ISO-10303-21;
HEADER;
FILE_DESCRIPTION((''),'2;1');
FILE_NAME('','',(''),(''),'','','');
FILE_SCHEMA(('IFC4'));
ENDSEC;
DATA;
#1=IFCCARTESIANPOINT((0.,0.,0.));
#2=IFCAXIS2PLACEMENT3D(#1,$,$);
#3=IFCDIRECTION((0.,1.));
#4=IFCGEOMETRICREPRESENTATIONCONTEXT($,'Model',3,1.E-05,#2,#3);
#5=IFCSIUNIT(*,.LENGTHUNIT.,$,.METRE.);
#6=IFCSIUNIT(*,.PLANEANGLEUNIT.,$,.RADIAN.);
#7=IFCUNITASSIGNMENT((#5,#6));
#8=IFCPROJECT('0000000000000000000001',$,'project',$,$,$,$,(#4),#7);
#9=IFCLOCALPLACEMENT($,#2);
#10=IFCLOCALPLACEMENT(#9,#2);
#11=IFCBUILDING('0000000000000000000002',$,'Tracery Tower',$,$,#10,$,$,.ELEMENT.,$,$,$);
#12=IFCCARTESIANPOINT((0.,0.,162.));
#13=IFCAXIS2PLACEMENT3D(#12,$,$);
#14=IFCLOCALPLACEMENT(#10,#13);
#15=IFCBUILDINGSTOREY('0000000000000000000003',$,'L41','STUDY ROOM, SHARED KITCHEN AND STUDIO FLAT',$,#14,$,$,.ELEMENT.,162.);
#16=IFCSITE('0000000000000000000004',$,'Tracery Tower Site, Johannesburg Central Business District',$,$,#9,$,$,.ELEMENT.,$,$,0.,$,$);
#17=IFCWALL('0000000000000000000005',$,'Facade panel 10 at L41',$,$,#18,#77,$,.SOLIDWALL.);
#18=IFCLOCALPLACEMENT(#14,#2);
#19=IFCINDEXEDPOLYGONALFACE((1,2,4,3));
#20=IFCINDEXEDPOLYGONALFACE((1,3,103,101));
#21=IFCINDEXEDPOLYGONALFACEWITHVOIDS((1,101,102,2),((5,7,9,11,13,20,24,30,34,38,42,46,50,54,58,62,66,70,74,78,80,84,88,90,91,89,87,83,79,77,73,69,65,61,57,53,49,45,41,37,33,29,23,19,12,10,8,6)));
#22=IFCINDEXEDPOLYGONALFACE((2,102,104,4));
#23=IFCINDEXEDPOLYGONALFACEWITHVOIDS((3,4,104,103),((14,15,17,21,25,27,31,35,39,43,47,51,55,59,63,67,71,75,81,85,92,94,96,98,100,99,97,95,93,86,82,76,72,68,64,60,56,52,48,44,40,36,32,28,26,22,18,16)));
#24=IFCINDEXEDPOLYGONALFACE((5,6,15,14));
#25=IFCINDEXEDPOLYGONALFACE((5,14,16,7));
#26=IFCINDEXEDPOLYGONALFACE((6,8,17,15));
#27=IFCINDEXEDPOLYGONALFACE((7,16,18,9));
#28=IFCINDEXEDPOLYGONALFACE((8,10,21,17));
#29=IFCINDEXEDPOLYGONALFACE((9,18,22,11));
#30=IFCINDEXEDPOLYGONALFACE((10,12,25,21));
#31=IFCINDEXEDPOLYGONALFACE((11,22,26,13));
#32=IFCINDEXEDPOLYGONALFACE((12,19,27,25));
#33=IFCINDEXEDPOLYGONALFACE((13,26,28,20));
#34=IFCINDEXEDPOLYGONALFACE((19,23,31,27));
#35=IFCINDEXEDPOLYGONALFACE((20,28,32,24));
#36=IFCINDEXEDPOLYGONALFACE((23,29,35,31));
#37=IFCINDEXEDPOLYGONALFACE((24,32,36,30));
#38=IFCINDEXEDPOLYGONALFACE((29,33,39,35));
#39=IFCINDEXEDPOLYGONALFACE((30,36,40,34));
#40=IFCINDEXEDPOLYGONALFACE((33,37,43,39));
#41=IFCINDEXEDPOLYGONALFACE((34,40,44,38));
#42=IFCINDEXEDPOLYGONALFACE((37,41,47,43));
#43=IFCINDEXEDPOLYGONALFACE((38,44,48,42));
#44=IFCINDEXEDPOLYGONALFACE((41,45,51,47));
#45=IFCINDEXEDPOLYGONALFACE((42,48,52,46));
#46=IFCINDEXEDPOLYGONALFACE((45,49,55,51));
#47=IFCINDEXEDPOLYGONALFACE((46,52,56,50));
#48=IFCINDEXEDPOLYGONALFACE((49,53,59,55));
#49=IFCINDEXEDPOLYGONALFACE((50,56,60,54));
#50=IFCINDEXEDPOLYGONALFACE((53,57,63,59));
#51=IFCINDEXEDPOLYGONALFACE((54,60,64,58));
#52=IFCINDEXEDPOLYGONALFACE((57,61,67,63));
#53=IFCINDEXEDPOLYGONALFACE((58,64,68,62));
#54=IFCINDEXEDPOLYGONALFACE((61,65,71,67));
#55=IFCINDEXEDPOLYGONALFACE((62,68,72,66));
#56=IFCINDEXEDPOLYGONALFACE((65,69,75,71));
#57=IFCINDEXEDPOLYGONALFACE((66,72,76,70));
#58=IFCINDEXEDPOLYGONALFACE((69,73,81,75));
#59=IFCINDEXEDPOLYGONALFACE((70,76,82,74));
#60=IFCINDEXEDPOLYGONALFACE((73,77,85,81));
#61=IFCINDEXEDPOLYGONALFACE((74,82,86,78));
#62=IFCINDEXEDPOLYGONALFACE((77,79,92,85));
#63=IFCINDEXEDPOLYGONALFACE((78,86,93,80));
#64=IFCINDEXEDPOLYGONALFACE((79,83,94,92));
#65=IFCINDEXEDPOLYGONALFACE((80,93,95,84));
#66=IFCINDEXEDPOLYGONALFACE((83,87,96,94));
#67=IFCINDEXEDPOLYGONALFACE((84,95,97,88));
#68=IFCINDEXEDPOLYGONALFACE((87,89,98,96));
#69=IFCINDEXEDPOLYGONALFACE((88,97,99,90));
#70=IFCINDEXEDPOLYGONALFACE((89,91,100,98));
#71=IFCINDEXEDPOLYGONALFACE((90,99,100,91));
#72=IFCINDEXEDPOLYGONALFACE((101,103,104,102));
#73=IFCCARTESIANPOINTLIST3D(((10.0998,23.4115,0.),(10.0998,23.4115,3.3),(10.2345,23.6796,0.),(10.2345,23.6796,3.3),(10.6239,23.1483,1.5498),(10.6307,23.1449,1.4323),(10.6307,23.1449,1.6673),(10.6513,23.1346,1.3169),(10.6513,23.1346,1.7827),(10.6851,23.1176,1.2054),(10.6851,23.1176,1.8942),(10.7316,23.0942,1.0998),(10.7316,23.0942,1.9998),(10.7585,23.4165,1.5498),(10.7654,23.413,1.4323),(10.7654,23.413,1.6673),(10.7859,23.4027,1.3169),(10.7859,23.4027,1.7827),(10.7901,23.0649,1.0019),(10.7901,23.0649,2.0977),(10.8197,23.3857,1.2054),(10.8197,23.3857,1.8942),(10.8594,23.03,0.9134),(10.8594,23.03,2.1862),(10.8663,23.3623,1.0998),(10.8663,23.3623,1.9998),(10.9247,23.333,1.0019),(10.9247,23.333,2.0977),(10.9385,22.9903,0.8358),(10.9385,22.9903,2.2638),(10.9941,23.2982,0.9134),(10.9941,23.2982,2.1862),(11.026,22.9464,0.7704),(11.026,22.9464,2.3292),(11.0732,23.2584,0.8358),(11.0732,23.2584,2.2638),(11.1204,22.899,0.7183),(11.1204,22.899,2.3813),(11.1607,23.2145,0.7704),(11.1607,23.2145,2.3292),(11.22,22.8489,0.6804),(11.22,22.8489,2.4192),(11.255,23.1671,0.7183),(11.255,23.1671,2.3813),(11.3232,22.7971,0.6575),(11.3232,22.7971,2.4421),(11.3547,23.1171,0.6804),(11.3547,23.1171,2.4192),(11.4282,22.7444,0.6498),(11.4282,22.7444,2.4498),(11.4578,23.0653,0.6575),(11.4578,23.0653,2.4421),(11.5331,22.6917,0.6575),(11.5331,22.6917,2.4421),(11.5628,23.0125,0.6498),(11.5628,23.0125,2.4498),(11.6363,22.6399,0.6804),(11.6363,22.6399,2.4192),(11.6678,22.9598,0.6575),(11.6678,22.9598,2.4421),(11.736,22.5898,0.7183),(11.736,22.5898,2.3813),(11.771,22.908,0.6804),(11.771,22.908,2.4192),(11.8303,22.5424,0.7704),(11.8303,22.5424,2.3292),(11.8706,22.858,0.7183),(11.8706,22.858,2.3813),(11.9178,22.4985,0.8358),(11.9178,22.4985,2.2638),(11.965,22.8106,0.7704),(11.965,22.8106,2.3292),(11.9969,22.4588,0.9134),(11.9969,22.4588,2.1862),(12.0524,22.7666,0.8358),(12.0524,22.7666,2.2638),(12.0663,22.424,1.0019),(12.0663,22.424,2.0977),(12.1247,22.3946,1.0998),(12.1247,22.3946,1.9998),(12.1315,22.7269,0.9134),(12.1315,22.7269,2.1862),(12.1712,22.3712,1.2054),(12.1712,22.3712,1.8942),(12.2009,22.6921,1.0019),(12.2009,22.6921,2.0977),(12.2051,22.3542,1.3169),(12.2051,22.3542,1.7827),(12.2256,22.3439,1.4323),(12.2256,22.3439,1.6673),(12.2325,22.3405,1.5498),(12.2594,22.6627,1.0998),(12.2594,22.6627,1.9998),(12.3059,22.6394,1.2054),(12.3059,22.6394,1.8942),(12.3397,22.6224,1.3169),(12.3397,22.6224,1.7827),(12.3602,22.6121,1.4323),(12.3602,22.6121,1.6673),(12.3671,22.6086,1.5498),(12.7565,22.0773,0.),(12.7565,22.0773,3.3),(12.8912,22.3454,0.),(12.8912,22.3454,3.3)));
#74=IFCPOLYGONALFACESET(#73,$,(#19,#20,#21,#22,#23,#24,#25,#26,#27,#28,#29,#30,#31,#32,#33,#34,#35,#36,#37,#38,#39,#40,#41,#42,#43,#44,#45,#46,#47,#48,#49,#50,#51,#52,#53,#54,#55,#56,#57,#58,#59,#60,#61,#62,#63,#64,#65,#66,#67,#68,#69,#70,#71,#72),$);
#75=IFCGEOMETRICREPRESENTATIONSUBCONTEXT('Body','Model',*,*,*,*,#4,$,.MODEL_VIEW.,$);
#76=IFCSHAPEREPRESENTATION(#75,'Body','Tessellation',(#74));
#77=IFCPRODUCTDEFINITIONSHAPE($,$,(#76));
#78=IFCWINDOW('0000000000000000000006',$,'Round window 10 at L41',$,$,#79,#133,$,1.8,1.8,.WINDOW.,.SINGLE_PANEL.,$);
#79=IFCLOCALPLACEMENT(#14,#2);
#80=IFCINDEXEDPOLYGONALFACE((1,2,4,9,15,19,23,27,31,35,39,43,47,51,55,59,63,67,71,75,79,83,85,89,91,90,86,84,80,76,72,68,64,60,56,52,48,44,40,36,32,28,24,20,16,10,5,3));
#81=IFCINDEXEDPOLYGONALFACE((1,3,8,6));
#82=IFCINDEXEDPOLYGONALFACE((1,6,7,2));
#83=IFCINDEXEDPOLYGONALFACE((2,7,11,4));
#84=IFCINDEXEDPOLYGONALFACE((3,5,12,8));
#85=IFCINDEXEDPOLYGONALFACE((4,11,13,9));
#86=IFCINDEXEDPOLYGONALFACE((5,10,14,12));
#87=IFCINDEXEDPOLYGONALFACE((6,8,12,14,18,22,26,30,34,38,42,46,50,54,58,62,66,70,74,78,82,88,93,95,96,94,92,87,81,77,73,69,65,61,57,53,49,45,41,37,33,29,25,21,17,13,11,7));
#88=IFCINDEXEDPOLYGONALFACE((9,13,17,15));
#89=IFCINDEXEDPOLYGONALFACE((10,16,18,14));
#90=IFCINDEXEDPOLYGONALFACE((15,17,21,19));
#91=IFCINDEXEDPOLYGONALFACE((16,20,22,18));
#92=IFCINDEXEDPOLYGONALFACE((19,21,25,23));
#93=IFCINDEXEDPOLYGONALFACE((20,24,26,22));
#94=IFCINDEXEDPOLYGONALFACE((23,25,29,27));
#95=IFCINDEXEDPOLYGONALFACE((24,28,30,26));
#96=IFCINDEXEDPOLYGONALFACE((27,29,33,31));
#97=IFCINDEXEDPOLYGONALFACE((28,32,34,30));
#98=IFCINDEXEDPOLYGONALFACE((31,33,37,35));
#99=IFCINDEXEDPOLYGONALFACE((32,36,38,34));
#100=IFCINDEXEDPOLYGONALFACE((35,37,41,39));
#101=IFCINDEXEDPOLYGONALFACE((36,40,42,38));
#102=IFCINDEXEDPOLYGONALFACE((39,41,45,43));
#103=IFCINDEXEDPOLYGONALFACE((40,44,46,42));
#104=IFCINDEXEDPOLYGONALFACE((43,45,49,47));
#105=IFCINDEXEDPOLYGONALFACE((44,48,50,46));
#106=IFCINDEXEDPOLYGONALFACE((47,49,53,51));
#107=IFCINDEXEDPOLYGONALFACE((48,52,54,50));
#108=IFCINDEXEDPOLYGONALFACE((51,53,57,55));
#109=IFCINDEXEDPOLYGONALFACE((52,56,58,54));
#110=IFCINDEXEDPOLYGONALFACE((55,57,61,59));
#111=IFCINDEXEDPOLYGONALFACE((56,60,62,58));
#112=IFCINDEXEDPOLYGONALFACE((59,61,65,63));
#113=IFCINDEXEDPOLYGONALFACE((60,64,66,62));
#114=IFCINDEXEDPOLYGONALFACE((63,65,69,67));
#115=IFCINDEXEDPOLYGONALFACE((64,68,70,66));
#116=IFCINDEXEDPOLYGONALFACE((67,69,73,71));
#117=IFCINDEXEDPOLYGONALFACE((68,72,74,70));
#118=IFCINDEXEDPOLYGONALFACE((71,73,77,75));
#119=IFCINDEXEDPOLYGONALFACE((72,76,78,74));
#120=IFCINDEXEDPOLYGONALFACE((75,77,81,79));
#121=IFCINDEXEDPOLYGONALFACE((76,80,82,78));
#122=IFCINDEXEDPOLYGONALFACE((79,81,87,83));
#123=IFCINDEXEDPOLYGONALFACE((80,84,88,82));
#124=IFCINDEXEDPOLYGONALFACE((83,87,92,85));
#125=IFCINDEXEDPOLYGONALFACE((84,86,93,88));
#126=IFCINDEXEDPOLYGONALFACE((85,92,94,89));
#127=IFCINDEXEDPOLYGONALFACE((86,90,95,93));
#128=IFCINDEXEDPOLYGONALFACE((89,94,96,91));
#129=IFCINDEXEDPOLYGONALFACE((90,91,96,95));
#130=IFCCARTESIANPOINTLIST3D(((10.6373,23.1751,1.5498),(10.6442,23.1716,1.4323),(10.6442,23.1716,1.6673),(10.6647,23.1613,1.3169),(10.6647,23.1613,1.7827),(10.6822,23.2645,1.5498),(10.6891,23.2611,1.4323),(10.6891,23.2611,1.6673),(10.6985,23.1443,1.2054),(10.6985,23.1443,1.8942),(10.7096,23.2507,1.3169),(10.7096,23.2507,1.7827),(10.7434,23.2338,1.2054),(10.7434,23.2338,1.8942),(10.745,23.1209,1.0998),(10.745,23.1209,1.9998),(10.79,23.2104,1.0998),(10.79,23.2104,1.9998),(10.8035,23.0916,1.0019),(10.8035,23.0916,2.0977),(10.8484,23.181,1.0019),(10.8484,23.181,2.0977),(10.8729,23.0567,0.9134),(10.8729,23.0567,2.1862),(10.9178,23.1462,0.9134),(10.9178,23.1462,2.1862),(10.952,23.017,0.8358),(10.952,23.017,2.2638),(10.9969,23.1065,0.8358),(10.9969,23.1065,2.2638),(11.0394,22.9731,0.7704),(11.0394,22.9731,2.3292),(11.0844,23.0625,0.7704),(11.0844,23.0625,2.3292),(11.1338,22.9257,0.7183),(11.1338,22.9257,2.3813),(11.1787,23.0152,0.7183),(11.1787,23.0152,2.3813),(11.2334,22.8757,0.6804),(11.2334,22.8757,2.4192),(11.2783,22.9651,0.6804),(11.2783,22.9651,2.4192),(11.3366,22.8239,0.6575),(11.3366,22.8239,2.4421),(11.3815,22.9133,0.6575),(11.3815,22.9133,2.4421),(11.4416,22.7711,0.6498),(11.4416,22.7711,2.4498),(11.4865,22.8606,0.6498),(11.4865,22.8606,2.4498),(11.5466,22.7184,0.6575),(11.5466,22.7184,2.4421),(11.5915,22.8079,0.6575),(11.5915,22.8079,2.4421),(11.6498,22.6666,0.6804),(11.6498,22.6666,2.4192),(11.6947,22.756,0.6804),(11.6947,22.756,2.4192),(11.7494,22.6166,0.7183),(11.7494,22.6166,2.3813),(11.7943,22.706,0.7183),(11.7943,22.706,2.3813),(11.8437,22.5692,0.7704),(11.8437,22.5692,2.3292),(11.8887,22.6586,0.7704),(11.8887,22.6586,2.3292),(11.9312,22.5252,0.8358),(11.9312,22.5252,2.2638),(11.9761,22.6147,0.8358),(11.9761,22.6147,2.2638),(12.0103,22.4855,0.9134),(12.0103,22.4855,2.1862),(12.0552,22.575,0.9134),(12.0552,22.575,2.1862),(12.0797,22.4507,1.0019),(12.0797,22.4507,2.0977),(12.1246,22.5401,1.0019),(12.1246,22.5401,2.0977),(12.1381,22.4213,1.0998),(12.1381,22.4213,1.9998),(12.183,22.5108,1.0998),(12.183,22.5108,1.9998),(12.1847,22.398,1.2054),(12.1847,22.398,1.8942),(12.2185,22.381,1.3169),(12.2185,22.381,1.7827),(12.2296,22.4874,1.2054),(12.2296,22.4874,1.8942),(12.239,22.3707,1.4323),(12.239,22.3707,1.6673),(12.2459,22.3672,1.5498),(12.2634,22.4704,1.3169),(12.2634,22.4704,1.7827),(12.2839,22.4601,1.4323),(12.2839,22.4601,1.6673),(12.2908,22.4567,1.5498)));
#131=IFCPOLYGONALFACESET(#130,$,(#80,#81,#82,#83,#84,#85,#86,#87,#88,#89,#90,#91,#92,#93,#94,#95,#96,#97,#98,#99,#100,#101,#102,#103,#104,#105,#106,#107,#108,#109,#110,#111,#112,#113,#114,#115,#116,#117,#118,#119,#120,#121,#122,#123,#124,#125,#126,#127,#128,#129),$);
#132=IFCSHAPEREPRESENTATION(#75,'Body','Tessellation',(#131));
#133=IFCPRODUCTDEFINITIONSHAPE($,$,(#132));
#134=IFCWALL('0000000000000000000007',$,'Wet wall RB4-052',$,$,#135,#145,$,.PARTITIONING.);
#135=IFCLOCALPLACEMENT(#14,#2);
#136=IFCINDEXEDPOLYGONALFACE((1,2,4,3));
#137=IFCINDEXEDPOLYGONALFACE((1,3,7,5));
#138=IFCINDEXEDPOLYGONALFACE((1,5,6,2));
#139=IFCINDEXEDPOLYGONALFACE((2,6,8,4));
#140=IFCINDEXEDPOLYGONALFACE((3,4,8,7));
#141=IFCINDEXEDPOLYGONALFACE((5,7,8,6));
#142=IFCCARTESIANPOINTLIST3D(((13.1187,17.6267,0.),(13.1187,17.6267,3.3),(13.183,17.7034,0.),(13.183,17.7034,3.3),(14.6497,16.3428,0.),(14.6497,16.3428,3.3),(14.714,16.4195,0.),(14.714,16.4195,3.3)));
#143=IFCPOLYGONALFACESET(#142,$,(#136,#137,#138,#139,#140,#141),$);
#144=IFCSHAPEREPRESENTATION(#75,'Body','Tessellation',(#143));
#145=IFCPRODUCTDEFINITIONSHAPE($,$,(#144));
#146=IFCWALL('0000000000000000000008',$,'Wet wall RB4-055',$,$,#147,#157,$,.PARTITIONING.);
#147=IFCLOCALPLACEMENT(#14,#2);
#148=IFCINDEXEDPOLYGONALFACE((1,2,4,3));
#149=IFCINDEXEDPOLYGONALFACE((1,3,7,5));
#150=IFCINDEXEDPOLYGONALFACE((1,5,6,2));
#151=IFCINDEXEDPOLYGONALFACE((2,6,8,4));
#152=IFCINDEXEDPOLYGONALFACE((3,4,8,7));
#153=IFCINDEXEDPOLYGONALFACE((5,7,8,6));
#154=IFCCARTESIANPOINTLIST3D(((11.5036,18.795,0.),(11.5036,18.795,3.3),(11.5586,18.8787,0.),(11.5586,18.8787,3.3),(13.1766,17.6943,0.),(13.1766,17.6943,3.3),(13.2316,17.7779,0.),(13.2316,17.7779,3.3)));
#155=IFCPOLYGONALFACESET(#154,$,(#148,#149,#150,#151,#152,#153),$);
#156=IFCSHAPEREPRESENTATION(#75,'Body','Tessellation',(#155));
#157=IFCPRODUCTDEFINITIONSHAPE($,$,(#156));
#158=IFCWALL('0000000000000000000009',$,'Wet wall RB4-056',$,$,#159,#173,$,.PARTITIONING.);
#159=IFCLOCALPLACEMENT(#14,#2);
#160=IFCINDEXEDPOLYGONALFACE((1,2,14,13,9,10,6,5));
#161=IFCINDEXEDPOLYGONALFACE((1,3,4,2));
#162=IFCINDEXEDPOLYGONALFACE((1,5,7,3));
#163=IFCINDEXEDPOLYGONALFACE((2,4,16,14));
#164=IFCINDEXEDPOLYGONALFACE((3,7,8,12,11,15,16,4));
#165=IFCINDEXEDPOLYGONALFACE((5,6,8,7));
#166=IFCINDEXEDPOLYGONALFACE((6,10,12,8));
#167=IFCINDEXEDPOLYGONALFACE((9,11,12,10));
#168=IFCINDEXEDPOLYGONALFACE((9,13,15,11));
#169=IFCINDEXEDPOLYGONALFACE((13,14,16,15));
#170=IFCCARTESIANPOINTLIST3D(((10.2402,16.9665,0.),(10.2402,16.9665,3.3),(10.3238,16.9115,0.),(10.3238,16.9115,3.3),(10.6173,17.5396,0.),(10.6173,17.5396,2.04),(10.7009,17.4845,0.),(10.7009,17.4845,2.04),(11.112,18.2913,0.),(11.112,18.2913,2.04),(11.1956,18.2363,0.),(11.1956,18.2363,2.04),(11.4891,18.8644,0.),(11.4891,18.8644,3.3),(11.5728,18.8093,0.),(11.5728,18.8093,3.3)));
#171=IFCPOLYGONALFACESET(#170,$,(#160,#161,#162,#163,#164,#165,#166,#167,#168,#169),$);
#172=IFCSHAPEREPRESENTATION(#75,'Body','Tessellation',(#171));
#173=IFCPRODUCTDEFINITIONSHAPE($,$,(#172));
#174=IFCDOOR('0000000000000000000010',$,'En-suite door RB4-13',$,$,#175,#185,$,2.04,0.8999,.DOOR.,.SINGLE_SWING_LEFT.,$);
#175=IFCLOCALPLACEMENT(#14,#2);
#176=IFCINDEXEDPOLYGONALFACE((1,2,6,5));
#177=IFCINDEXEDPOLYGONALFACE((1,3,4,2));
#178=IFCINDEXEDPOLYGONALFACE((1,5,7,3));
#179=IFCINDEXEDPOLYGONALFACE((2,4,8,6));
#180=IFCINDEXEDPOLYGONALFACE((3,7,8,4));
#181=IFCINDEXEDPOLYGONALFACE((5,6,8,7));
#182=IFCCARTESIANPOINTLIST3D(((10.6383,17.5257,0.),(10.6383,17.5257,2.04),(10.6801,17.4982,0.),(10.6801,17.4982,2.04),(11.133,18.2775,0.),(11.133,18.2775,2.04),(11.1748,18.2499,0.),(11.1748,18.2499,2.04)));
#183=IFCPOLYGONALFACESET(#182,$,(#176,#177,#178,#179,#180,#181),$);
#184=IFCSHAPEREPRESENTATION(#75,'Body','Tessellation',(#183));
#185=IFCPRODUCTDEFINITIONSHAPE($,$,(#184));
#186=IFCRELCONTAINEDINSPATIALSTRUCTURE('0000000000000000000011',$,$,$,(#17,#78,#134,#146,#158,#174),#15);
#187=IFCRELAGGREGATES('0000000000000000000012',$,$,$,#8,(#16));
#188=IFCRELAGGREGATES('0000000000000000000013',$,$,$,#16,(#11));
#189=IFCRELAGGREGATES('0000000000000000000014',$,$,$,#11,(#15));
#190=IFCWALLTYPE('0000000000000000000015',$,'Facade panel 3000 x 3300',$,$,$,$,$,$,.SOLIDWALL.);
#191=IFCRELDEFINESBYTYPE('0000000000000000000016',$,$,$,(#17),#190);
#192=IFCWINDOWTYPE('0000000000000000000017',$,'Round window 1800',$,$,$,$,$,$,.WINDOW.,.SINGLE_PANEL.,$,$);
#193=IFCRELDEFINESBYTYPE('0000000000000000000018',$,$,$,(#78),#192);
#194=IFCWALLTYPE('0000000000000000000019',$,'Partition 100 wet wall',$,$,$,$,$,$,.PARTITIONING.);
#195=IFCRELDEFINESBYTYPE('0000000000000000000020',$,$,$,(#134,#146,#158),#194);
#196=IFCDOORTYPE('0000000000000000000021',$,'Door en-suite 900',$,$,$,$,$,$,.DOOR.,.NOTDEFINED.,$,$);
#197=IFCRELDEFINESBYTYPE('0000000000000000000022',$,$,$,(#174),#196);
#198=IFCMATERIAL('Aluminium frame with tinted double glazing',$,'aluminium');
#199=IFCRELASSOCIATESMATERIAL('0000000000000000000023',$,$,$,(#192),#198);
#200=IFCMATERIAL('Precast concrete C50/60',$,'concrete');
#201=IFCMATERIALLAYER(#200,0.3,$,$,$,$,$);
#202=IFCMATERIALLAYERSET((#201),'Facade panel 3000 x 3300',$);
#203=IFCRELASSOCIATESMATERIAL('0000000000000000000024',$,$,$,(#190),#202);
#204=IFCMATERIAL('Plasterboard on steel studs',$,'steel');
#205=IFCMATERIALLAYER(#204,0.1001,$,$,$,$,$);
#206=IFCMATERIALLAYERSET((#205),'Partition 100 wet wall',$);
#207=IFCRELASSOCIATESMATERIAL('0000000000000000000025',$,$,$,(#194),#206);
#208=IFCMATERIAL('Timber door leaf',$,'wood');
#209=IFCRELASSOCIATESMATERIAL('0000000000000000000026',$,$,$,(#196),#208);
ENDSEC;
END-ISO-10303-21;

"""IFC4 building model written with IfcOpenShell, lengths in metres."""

from ifc_helpers import new_model, si_unit, direction, frame, frame_2d, origin, origin_2d, place, context, subcontext, project, spatial, rectangle, circle, extrude, material, layer, layer_set, type_object, element, fill, save


model = new_model("IFC4")

# Units and contexts
model_context = context("Model", 3, precision=1e-05, world=origin(), true_north=direction((0.0, 1.0)))
body_context = subcontext(model_context, "Body", "Model", "MODEL_VIEW")
ifc_project = project(units=[si_unit("LENGTHUNIT", "METRE"), si_unit("PLANEANGLEUNIT", "RADIAN")], contexts=[model_context])

# Site, building, storey
site_placement = place(None, origin())
site = spatial("IfcSite", under=ifc_project, at=site_placement, Name="Tracery Tower Site, Johannesburg Central Business District", CompositionType="ELEMENT", RefElevation=0.0)
building_placement = place(site_placement, origin())
building = spatial("IfcBuilding", under=site, at=building_placement, Name="Tracery Tower", CompositionType="ELEMENT")
storey_placement = place(building_placement, frame((0.0, 0.0, 162.0)))
storey = spatial("IfcBuildingStorey", under=building, at=storey_placement, Name="L41", Description="STUDY ROOM, SHARED KITCHEN AND STUDIO FLAT", CompositionType="ELEMENT", Elevation=162.0)

# Wall, opening, window
ifc_material_1 = material(Name="Aluminium frame with tinted double glazing", Category="aluminium")
window_type = type_object("IfcWindowType", Name="Round window 1800", PartitioningType="SINGLE_PANEL", PredefinedType="WINDOW", material=ifc_material_1)
ifc_material_2 = material(Name="Precast concrete C50/60", Category="concrete")
ifc_layer_1 = layer(ifc_material_2, 0.3)
ifc_layer_set_1 = layer_set([ifc_layer_1], Name="Facade panel 3000 x 3300")
wall_type_1 = type_object("IfcWallType", Name="Facade panel 3000 x 3300", PredefinedType="SOLIDWALL", material=ifc_layer_set_1)
wall_1_placement = place(storey_placement, frame((12.8237, 22.2114, 0.0), z_axis=(0.0, 0.0, 1.0), x_axis=(-0.893637, 0.44879, 0.0)))
wall_1 = element("IfcWall", 1, at=wall_1_placement, inside=storey, type_object=wall_type_1, Name="Facade panel 10 at L41", PredefinedType="SOLIDWALL", context=body_context, shape_type="SweptSolid", body=[
    extrude(rectangle(XDim=2.9729, YDim=0.3, at=frame_2d((1.4863, 0.0))), origin(), (0.0, 0.0, 1.0), 3.3),
])
opening_1_placement = place(wall_1_placement, frame((1.4863, 0.0, 1.5498)))
opening_1 = element("IfcOpeningElement", 2, at=opening_1_placement, cuts=wall_1, PredefinedType="OPENING", context=body_context, shape_type="SweptSolid", body=[
    extrude(circle(Radius=0.9, at=origin_2d()), frame((0.0, 0.1599, 0.0), z_axis=(0.0, -1.0, 0.0), x_axis=(1.0, 0.0, 0.0)), (0.0, 0.0, 1.0), 0.3201),
])
window_1_placement = place(opening_1_placement, origin())
window_1 = element("IfcWindow", 3, at=window_1_placement, inside=storey, type_object=window_type, Name="Round window 10 at L41", OverallHeight=1.8, OverallWidth=1.8, PartitioningType="SINGLE_PANEL", PredefinedType="WINDOW", context=body_context, shape_type="SweptSolid", body=[
    extrude(circle(Radius=0.9, at=origin_2d()), frame((0.0, 0.1201, 0.0), z_axis=(0.0, -1.0, 0.0), x_axis=(1.0, 0.0, 0.0)), (0.0, 0.0, 1.0), 0.1001),
])
fill(opening_1, window_1)

# Walls
ifc_material_3 = material(Name="Plasterboard on steel studs", Category="steel")
ifc_layer_2 = layer(ifc_material_3, 0.1001)
ifc_layer_set_2 = layer_set([ifc_layer_2], Name="Partition 100 wet wall")
wall_type_2 = type_object("IfcWallType", Name="Partition 100 wet wall", PredefinedType="PARTITIONING", material=ifc_layer_set_2)
wall_2_placement = place(storey_placement, frame((13.1509, 17.665, 0.0), z_axis=(0.0, 0.0, 1.0), x_axis=(0.766225, -0.642573, 0.0)))
element("IfcWall", 4, at=wall_2_placement, inside=storey, type_object=wall_type_2, Name="Wet wall RB4-052", PredefinedType="PARTITIONING", context=body_context, shape_type="SweptSolid", body=[
    extrude(rectangle(XDim=1.998, YDim=0.1001, at=frame_2d((0.999, 0.0))), origin(), (0.0, 0.0, 1.0), 3.3),
])
wall_3_placement = place(storey_placement, frame((11.531, 18.8369, 0.0), z_axis=(0.0, 0.0, 1.0), x_axis=(0.835392, -0.549655, 0.0)))
element("IfcWall", 5, at=wall_3_placement, inside=storey, type_object=wall_type_2, Name="Wet wall RB4-055", PredefinedType="PARTITIONING", context=body_context, shape_type="SweptSolid", body=[
    extrude(rectangle(XDim=2.0027, YDim=0.1001, at=frame_2d((1.0015, 0.0))), origin(), (0.0, 0.0, 1.0), 3.3),
])

# Wall, opening, door
wall_4_placement = place(storey_placement, frame((10.282, 16.939, 0.0), z_axis=(0.0, 0.0, 1.0), x_axis=(0.549731, 0.835342, 0.0)))
wall_4 = element("IfcWall", 6, at=wall_4_placement, inside=storey, type_object=wall_type_2, Name="Wet wall RB4-056", PredefinedType="PARTITIONING", context=body_context, shape_type="SweptSolid", body=[
    extrude(rectangle(XDim=2.272, YDim=0.1001, at=frame_2d((1.136, 0.0))), origin(), (0.0, 0.0, 1.0), 3.3),
])
opening_2_placement = place(wall_4_placement, frame((0.686, 0.0, 0.0)))
opening_2 = element("IfcOpeningElement", 7, at=opening_2_placement, cuts=wall_4, PredefinedType="OPENING", context=body_context, shape_type="SweptSolid", body=[
    extrude(rectangle(XDim=0.8999, YDim=2.04, at=frame_2d((0.45, 1.02))), frame((0.0, 0.05, 0.0), z_axis=(0.0, -1.0, 0.0), x_axis=(1.0, 0.0, 0.0)), (0.0, 0.0, 1.0), 0.1001),
])
ifc_material_4 = material(Name="Timber door leaf", Category="wood")
door_type_1 = type_object("IfcDoorType", Name="Door en-suite 900", OperationType="NOTDEFINED", PredefinedType="DOOR", material=ifc_material_4)
door_1_placement = place(opening_2_placement, origin())
door_1 = element("IfcDoor", 8, at=door_1_placement, inside=storey, type_object=door_type_1, Name="En-suite door RB4-13", OperationType="SINGLE_SWING_LEFT", OverallHeight=2.04, OverallWidth=0.8999, PredefinedType="DOOR", context=body_context, shape_type="SweptSolid", body=[
    extrude(rectangle(XDim=0.8999, YDim=2.04, at=frame_2d((0.45, 1.02))), frame((0.0, 0.0249, 0.0), z_axis=(0.0, -1.0, 0.0), x_axis=(1.0, 0.0, 0.0)), (0.0, 0.0, 1.0), 0.05),
])
fill(opening_2, door_1)

save(model, "model.ifc")
